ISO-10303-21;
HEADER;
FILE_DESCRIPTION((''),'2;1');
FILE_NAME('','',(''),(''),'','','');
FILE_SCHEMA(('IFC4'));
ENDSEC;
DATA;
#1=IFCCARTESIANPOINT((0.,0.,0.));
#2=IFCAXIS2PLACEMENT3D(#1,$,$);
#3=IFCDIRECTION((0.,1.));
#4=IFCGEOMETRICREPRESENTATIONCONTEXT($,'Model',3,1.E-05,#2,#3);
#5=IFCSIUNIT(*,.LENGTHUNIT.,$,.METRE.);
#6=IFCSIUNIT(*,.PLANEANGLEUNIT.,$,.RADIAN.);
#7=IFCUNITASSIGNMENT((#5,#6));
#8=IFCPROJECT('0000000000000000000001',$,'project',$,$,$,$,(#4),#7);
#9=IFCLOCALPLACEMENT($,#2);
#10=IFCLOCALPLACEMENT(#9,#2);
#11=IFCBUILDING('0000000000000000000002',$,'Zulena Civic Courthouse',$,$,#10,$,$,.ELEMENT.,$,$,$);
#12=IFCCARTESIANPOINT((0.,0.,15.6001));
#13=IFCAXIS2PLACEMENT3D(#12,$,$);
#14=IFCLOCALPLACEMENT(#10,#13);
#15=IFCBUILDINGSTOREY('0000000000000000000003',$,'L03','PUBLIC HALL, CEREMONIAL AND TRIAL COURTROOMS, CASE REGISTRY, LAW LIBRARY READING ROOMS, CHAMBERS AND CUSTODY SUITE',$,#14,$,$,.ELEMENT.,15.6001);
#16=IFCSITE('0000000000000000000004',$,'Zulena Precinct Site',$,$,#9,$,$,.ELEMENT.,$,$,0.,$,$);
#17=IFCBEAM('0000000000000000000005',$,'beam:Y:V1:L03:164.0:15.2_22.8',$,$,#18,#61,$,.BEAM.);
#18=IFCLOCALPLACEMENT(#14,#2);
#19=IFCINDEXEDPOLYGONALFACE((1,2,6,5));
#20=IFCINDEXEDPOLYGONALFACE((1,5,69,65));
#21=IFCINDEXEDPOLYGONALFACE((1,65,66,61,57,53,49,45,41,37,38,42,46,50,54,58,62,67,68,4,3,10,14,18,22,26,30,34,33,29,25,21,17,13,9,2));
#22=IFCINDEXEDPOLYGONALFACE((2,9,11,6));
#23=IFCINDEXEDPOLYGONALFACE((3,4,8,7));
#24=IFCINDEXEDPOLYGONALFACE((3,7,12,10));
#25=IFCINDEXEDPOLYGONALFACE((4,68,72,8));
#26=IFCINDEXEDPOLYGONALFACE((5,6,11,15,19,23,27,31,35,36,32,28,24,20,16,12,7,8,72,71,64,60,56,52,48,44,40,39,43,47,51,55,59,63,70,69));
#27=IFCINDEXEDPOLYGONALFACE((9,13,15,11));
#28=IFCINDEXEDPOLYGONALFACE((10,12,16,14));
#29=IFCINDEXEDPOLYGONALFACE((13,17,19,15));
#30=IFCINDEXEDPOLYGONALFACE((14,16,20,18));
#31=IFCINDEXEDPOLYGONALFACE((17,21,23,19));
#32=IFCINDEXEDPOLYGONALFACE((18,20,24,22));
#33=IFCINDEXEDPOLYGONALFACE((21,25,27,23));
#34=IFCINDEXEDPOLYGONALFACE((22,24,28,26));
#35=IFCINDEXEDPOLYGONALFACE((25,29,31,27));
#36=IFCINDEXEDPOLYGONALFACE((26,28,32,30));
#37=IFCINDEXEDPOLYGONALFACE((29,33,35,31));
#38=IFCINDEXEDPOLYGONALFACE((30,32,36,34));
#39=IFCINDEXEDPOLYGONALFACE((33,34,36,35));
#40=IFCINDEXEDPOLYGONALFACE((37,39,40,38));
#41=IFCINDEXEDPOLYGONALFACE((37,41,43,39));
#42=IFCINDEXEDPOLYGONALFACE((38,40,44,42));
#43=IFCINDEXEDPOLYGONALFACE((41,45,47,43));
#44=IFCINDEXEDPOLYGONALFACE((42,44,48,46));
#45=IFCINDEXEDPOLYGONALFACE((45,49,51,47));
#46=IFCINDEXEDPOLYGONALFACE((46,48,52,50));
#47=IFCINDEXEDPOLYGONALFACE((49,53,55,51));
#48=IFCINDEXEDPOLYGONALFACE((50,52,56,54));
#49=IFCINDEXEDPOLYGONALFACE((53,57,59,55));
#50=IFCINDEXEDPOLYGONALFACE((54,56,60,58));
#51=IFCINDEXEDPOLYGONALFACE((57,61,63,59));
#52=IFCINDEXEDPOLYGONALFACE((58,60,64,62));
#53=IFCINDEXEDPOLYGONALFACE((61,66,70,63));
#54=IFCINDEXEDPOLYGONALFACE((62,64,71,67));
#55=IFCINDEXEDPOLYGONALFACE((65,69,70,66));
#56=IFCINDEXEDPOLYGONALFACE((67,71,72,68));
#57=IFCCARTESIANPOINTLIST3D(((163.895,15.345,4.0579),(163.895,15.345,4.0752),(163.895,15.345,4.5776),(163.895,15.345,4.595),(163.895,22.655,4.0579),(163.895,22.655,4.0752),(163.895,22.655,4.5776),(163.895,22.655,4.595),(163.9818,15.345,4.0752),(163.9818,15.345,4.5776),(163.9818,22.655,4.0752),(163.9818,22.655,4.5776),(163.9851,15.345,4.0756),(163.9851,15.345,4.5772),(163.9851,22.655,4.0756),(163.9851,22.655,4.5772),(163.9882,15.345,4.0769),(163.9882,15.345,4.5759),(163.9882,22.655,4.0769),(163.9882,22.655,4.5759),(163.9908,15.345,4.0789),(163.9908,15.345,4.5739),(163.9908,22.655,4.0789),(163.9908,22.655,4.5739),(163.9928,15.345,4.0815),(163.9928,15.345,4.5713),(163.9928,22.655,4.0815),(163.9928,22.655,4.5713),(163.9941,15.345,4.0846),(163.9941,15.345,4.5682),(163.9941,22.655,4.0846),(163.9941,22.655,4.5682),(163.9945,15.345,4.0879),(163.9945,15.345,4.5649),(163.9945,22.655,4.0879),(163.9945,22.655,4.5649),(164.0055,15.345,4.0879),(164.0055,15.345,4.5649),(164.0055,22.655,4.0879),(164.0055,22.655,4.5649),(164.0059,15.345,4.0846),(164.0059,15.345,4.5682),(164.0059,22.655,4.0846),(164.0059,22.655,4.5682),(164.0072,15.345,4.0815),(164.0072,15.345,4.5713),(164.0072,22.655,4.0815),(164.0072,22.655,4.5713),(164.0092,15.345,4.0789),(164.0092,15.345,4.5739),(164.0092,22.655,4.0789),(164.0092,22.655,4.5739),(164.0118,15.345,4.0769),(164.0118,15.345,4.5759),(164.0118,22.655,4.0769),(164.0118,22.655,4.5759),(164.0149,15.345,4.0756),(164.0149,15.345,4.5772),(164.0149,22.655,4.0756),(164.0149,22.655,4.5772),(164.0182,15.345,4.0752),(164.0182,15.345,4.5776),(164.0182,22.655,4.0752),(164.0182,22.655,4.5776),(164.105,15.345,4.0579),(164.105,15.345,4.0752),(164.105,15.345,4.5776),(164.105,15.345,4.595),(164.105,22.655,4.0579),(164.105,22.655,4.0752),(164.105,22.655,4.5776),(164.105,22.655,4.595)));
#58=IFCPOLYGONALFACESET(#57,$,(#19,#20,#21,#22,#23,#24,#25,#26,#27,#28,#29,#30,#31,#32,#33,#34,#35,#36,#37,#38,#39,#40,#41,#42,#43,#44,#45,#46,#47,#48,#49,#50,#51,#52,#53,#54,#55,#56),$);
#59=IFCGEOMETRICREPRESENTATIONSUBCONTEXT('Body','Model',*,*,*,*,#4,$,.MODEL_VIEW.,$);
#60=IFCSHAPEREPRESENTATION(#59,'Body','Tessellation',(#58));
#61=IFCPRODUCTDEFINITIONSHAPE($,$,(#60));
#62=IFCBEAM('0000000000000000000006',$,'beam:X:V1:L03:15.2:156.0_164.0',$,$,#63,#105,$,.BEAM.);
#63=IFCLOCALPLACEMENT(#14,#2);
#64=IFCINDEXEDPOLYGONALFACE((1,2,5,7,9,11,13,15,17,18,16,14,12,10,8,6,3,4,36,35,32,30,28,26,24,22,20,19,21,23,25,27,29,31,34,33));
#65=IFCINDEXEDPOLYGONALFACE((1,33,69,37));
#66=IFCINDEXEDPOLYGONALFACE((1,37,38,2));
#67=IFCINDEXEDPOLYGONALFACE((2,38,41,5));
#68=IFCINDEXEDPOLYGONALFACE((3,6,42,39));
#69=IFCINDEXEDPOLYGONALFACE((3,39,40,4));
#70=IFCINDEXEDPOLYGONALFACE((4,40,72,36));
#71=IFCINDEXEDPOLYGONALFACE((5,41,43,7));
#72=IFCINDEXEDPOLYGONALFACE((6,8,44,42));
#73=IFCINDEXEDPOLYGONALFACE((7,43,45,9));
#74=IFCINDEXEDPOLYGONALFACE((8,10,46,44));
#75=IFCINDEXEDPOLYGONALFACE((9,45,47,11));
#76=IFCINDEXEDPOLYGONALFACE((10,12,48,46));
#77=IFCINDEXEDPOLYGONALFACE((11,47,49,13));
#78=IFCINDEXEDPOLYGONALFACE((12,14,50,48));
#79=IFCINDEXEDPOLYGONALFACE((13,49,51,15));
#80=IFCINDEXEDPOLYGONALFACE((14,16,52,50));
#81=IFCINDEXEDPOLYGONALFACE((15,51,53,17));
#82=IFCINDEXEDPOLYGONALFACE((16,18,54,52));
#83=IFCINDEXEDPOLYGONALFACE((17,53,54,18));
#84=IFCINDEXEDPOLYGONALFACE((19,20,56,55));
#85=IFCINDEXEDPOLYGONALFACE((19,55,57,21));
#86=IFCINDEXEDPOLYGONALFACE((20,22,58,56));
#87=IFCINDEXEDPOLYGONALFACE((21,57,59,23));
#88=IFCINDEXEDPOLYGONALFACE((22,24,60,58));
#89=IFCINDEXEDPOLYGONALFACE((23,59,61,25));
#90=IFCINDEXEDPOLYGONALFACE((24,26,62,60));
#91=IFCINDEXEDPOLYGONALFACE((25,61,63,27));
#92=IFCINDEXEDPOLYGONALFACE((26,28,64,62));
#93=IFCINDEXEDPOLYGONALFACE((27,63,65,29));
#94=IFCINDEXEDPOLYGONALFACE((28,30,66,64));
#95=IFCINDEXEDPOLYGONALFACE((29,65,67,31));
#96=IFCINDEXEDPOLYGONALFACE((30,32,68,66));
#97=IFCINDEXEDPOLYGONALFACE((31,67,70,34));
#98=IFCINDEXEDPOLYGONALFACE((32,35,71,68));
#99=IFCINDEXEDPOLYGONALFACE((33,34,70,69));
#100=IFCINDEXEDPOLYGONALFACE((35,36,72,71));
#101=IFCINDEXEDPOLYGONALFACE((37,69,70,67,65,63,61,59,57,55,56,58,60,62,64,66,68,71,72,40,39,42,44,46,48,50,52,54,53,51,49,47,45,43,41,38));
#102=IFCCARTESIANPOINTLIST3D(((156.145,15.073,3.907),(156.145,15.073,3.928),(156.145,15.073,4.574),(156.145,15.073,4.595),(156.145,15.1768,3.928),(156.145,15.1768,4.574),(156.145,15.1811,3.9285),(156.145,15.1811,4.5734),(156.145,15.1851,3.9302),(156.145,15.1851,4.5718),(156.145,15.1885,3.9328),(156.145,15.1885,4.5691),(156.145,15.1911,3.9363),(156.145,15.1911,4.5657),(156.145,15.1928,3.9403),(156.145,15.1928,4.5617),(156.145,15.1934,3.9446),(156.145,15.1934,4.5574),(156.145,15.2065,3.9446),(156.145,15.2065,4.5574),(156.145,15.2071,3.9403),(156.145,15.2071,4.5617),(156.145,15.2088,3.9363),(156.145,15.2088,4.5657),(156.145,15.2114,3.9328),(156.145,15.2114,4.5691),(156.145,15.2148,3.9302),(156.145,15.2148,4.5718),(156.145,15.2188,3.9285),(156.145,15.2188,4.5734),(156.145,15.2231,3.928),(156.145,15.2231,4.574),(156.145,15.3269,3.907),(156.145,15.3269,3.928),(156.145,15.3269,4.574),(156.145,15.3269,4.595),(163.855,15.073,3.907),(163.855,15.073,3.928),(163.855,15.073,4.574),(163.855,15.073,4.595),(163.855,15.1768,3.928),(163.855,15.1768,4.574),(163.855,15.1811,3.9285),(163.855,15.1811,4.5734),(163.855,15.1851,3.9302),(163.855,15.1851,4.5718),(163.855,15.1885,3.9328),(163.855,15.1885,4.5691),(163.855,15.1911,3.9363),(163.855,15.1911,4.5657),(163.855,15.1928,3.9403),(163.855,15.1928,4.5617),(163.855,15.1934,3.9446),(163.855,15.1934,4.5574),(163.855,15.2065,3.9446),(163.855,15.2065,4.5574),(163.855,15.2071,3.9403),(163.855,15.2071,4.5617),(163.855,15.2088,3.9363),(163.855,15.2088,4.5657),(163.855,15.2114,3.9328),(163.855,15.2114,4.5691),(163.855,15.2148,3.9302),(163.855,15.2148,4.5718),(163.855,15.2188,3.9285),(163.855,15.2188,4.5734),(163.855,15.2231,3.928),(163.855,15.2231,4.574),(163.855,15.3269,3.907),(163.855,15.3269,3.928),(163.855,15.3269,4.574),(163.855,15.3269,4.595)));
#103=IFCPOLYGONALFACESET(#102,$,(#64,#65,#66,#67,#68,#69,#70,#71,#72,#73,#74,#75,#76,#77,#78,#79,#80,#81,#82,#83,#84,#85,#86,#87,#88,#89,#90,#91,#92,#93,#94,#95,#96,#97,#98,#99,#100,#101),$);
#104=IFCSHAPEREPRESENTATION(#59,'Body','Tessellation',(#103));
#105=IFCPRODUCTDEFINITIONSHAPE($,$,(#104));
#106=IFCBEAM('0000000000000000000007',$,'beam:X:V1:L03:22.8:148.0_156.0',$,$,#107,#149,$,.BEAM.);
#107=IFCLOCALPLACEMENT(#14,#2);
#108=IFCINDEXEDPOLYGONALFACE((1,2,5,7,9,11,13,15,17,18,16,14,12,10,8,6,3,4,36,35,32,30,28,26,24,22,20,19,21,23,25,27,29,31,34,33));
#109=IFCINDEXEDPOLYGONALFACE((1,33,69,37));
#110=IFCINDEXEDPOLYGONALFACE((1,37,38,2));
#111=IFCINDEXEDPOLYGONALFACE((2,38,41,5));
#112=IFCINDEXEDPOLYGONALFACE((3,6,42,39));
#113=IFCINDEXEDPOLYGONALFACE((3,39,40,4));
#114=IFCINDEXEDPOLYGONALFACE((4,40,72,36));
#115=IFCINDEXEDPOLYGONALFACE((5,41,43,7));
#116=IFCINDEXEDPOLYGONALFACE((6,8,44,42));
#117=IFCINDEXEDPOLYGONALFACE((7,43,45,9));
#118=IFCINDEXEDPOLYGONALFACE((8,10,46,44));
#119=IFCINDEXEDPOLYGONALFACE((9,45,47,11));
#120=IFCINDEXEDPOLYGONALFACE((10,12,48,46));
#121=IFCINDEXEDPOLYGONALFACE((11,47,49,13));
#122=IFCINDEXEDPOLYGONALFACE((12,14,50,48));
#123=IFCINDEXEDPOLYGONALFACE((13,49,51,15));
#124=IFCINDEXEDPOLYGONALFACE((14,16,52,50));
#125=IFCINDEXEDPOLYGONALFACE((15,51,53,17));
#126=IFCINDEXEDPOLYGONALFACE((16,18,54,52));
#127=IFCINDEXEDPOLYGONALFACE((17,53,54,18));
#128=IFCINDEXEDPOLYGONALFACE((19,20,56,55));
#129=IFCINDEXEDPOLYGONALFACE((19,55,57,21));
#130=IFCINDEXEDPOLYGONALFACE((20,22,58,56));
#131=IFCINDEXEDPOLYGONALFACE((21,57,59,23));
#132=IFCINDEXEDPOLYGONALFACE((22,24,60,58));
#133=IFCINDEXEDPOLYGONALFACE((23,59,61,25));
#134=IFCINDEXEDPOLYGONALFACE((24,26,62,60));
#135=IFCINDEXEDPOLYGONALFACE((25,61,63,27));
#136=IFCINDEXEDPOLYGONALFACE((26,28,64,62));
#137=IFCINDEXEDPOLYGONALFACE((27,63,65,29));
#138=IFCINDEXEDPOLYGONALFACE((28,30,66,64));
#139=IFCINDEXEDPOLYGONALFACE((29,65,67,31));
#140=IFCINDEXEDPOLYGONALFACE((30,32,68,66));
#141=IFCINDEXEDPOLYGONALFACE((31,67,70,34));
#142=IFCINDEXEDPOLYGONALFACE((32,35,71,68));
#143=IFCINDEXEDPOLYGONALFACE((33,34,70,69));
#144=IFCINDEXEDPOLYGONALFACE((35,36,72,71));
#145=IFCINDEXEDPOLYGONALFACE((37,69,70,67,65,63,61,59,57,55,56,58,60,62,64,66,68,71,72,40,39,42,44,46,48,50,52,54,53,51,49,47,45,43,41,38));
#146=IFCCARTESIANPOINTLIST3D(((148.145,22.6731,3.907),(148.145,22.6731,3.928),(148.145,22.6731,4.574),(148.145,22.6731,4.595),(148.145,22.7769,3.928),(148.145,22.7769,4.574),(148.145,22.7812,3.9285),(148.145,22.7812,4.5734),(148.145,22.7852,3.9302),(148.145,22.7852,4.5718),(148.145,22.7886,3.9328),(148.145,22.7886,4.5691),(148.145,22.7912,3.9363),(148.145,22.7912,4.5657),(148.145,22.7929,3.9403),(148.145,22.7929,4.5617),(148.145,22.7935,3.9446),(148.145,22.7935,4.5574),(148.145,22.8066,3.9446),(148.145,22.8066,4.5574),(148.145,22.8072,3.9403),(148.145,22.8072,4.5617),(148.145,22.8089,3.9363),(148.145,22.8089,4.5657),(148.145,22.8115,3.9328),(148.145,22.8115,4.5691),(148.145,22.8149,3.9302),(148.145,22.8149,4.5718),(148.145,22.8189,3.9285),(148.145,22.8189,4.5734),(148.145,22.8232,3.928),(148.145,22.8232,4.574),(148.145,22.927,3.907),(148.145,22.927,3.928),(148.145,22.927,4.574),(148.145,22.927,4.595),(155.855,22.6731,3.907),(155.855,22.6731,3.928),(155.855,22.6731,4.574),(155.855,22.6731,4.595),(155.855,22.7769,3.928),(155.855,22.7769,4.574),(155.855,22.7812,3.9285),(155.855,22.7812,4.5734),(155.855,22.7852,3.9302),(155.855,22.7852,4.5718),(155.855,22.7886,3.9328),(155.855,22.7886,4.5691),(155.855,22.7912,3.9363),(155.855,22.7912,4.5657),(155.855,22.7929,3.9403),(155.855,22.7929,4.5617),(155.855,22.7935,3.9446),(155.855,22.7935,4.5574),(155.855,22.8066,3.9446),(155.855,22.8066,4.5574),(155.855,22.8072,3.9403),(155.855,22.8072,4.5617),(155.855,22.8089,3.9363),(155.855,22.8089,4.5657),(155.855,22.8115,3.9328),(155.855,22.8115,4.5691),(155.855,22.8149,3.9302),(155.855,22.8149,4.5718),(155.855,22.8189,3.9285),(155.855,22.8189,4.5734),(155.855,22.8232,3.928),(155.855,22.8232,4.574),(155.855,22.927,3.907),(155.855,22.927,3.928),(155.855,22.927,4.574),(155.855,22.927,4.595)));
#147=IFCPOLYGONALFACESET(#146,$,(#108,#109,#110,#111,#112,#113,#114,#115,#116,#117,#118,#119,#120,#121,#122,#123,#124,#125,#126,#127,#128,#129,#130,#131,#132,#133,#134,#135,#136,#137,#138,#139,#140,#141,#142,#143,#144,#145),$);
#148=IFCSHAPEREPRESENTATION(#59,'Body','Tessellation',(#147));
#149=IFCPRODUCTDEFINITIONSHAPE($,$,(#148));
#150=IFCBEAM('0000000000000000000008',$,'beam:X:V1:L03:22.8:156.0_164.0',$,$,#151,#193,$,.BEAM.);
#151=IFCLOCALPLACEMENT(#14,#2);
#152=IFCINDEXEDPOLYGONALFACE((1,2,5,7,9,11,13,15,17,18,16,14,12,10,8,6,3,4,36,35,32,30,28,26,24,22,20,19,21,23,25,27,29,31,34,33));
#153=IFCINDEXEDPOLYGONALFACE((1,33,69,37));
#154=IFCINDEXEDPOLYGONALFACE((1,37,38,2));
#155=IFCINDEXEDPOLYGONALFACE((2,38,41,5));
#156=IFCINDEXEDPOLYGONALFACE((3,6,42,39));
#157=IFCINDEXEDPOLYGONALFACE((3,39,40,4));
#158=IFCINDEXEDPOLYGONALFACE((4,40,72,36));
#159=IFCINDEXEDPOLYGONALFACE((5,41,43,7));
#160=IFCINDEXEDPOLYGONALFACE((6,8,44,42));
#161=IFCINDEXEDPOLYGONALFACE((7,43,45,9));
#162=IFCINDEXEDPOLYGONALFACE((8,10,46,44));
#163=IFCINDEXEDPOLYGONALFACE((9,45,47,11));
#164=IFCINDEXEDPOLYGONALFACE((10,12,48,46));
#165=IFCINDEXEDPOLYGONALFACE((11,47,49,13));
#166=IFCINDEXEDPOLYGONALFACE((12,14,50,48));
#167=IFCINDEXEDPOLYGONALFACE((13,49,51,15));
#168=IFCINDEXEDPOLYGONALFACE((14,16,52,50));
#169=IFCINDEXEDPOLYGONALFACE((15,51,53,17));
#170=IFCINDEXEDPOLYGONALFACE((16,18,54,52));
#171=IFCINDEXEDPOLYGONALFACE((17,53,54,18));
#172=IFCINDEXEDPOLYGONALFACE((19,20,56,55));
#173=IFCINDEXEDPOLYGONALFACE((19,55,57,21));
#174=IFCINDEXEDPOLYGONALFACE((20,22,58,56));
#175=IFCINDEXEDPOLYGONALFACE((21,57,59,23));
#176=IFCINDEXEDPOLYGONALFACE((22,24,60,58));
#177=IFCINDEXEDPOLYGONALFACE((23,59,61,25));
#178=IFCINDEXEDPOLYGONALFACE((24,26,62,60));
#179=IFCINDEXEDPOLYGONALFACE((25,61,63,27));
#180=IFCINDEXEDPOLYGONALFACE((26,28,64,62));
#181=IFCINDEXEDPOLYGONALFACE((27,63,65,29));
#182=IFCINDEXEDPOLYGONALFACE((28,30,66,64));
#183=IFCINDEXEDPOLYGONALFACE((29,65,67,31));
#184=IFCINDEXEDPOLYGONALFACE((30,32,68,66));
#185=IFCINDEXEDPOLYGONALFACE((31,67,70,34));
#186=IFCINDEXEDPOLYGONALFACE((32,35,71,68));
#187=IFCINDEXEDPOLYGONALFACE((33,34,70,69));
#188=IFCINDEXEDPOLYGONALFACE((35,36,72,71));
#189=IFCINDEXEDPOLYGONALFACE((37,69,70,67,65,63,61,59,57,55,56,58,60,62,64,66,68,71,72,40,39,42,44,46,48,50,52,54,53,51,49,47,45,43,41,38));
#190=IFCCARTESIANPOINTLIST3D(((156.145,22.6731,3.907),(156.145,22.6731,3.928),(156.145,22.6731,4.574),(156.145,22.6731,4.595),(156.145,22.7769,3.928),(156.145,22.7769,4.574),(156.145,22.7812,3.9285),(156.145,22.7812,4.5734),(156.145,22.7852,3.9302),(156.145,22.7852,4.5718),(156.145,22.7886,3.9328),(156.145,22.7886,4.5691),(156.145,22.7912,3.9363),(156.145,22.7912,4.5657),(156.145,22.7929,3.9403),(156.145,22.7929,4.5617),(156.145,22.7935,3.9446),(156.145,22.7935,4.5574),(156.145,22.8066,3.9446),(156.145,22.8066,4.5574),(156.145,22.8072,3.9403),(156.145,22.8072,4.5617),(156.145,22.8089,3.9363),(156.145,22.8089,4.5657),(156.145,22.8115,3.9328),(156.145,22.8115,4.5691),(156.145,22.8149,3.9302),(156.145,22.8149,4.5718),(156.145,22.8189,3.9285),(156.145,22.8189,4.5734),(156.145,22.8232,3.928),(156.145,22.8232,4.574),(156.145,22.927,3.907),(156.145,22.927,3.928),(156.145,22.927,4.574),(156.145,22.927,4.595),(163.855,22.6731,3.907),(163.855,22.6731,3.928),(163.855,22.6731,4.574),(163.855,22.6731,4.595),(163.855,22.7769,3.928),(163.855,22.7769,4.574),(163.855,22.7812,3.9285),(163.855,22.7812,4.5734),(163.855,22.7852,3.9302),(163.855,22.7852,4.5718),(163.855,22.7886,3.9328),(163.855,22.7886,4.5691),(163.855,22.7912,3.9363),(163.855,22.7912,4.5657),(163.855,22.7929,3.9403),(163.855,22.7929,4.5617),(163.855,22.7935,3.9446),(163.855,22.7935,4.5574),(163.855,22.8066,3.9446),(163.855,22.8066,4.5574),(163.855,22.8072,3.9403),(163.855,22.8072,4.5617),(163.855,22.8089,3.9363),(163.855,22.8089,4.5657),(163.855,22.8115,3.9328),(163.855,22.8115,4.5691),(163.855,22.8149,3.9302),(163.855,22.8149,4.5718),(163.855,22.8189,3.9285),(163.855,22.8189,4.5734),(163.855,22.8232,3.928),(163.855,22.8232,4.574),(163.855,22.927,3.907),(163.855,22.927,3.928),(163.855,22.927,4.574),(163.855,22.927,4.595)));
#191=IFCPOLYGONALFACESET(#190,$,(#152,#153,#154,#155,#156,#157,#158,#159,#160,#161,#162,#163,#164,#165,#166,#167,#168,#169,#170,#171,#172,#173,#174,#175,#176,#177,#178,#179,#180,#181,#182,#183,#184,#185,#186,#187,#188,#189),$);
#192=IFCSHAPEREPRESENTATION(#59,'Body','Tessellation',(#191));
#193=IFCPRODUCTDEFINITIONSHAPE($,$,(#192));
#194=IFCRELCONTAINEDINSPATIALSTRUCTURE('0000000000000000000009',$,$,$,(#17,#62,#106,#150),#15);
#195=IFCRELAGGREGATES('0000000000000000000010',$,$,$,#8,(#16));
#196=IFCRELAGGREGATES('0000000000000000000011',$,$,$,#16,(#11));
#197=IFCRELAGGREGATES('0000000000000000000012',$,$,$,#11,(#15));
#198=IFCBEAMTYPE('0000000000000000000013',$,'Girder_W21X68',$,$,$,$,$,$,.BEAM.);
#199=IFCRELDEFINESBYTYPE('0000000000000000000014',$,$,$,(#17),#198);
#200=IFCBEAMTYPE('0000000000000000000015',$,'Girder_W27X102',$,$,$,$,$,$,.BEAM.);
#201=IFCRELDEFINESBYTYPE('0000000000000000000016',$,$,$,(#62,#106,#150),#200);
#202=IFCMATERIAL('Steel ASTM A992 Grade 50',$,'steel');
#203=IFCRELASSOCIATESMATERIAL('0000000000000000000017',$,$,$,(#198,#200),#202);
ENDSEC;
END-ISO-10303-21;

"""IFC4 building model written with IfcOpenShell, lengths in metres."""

from ifc_helpers import new_model, si_unit, direction, frame, origin, origin_2d, place, context, subcontext, project, spatial, i_section, extrude, material, material_profile, profile_set, type_object, element, save


model = new_model("IFC4")

# Units and contexts
model_context = context("Model", 3, precision=1e-05, world=origin(), true_north=direction((0.0, 1.0)))
body_context = subcontext(model_context, "Body", "Model", "MODEL_VIEW")
ifc_project = project(units=[si_unit("LENGTHUNIT", "METRE"), si_unit("PLANEANGLEUNIT", "RADIAN")], contexts=[model_context])

# Site, building, storey
site_placement = place(None, origin())
site = spatial("IfcSite", under=ifc_project, at=site_placement, Name="Zulena Precinct Site", CompositionType="ELEMENT", RefElevation=0.0)
building_placement = place(site_placement, origin())
building = spatial("IfcBuilding", under=site, at=building_placement, Name="Zulena Civic Courthouse", CompositionType="ELEMENT")
storey_placement = place(building_placement, frame((0.0, 0.0, 15.6001)))
storey = spatial("IfcBuildingStorey", under=building, at=storey_placement, Name="L03", Description="PUBLIC HALL, CEREMONIAL AND TRIAL COURTROOMS, CASE REGISTRY, LAW LIBRARY READING ROOMS, CHAMBERS AND CUSTODY SUITE", CompositionType="ELEMENT", Elevation=15.6001)

# Shared definitions
ifc_material_1 = material(Name="Steel ASTM A992 Grade 50", Category="steel")

# Beams
ifc_material_profile_1 = material_profile(ifc_material_1, i_section(OverallWidth=0.21, OverallDepth=0.5371, WebThickness=0.011, FlangeThickness=0.0173, FilletRadius=0.0127, at=origin_2d()), Name="W21X68")
ifc_profile_set_1 = profile_set([ifc_material_profile_1], Name="Steel ASTM A992 Grade 50")
beam_type_1 = type_object("IfcBeamType", Name="Girder_W21X68", PredefinedType="BEAM", material=ifc_profile_set_1)
beam_1_placement = place(storey_placement, frame((164.0, 15.345, 4.3264), z_axis=(0.0, 1.0, 0.0), x_axis=(-1.0, 0.0, 0.0)))
element("IfcBeam", 1, at=beam_1_placement, inside=storey, type_object=beam_type_1, Name="beam:Y:V1:L03:164.0:15.2_22.8", PredefinedType="BEAM", context=body_context, shape_type="SweptSolid", body=[
    extrude(i_section(OverallWidth=0.21, OverallDepth=0.5371, WebThickness=0.011, FlangeThickness=0.0173, FilletRadius=0.0127, at=origin_2d()), origin(), (0.0, 0.0, 1.0), 7.3101),
])
ifc_material_profile_2 = material_profile(ifc_material_1, i_section(OverallWidth=0.2539, OverallDepth=0.688, WebThickness=0.0132, FlangeThickness=0.021, FilletRadius=0.0166, at=origin_2d()), Name="W27X102")
ifc_profile_set_2 = profile_set([ifc_material_profile_2], Name="Steel ASTM A992 Grade 50")
beam_type_2 = type_object("IfcBeamType", Name="Girder_W27X102", PredefinedType="BEAM", material=ifc_profile_set_2)
for number, where, z_axis, x_axis, name in (
    (2, (156.145, 15.2, 4.251), (1.0, 0.0, 0.0), (0.0, 1.0, 0.0), "beam:X:V1:L03:15.2:156.0_164.0"),
    (3, (148.145, 22.8, 4.251), (1.0, 0.0, 0.0), (0.0, 1.0, 0.0), "beam:X:V1:L03:22.8:148.0_156.0"),
    (4, (156.145, 22.8, 4.251), (1.0, 0.0, 0.0), (0.0, 1.0, 0.0), "beam:X:V1:L03:22.8:156.0_164.0"),
):
    element("IfcBeam", number, at=place(storey_placement, frame(where, z_axis=z_axis, x_axis=x_axis)), inside=storey, type_object=beam_type_2, Name=name, PredefinedType="BEAM", context=body_context, shape_type="SweptSolid", body=[
        extrude(i_section(OverallWidth=0.2539, OverallDepth=0.688, WebThickness=0.0132, FlangeThickness=0.021, FilletRadius=0.0166, at=origin_2d()), origin(), (0.0, 0.0, 1.0), 7.71),
    ])

save(model, "model.ifc")
